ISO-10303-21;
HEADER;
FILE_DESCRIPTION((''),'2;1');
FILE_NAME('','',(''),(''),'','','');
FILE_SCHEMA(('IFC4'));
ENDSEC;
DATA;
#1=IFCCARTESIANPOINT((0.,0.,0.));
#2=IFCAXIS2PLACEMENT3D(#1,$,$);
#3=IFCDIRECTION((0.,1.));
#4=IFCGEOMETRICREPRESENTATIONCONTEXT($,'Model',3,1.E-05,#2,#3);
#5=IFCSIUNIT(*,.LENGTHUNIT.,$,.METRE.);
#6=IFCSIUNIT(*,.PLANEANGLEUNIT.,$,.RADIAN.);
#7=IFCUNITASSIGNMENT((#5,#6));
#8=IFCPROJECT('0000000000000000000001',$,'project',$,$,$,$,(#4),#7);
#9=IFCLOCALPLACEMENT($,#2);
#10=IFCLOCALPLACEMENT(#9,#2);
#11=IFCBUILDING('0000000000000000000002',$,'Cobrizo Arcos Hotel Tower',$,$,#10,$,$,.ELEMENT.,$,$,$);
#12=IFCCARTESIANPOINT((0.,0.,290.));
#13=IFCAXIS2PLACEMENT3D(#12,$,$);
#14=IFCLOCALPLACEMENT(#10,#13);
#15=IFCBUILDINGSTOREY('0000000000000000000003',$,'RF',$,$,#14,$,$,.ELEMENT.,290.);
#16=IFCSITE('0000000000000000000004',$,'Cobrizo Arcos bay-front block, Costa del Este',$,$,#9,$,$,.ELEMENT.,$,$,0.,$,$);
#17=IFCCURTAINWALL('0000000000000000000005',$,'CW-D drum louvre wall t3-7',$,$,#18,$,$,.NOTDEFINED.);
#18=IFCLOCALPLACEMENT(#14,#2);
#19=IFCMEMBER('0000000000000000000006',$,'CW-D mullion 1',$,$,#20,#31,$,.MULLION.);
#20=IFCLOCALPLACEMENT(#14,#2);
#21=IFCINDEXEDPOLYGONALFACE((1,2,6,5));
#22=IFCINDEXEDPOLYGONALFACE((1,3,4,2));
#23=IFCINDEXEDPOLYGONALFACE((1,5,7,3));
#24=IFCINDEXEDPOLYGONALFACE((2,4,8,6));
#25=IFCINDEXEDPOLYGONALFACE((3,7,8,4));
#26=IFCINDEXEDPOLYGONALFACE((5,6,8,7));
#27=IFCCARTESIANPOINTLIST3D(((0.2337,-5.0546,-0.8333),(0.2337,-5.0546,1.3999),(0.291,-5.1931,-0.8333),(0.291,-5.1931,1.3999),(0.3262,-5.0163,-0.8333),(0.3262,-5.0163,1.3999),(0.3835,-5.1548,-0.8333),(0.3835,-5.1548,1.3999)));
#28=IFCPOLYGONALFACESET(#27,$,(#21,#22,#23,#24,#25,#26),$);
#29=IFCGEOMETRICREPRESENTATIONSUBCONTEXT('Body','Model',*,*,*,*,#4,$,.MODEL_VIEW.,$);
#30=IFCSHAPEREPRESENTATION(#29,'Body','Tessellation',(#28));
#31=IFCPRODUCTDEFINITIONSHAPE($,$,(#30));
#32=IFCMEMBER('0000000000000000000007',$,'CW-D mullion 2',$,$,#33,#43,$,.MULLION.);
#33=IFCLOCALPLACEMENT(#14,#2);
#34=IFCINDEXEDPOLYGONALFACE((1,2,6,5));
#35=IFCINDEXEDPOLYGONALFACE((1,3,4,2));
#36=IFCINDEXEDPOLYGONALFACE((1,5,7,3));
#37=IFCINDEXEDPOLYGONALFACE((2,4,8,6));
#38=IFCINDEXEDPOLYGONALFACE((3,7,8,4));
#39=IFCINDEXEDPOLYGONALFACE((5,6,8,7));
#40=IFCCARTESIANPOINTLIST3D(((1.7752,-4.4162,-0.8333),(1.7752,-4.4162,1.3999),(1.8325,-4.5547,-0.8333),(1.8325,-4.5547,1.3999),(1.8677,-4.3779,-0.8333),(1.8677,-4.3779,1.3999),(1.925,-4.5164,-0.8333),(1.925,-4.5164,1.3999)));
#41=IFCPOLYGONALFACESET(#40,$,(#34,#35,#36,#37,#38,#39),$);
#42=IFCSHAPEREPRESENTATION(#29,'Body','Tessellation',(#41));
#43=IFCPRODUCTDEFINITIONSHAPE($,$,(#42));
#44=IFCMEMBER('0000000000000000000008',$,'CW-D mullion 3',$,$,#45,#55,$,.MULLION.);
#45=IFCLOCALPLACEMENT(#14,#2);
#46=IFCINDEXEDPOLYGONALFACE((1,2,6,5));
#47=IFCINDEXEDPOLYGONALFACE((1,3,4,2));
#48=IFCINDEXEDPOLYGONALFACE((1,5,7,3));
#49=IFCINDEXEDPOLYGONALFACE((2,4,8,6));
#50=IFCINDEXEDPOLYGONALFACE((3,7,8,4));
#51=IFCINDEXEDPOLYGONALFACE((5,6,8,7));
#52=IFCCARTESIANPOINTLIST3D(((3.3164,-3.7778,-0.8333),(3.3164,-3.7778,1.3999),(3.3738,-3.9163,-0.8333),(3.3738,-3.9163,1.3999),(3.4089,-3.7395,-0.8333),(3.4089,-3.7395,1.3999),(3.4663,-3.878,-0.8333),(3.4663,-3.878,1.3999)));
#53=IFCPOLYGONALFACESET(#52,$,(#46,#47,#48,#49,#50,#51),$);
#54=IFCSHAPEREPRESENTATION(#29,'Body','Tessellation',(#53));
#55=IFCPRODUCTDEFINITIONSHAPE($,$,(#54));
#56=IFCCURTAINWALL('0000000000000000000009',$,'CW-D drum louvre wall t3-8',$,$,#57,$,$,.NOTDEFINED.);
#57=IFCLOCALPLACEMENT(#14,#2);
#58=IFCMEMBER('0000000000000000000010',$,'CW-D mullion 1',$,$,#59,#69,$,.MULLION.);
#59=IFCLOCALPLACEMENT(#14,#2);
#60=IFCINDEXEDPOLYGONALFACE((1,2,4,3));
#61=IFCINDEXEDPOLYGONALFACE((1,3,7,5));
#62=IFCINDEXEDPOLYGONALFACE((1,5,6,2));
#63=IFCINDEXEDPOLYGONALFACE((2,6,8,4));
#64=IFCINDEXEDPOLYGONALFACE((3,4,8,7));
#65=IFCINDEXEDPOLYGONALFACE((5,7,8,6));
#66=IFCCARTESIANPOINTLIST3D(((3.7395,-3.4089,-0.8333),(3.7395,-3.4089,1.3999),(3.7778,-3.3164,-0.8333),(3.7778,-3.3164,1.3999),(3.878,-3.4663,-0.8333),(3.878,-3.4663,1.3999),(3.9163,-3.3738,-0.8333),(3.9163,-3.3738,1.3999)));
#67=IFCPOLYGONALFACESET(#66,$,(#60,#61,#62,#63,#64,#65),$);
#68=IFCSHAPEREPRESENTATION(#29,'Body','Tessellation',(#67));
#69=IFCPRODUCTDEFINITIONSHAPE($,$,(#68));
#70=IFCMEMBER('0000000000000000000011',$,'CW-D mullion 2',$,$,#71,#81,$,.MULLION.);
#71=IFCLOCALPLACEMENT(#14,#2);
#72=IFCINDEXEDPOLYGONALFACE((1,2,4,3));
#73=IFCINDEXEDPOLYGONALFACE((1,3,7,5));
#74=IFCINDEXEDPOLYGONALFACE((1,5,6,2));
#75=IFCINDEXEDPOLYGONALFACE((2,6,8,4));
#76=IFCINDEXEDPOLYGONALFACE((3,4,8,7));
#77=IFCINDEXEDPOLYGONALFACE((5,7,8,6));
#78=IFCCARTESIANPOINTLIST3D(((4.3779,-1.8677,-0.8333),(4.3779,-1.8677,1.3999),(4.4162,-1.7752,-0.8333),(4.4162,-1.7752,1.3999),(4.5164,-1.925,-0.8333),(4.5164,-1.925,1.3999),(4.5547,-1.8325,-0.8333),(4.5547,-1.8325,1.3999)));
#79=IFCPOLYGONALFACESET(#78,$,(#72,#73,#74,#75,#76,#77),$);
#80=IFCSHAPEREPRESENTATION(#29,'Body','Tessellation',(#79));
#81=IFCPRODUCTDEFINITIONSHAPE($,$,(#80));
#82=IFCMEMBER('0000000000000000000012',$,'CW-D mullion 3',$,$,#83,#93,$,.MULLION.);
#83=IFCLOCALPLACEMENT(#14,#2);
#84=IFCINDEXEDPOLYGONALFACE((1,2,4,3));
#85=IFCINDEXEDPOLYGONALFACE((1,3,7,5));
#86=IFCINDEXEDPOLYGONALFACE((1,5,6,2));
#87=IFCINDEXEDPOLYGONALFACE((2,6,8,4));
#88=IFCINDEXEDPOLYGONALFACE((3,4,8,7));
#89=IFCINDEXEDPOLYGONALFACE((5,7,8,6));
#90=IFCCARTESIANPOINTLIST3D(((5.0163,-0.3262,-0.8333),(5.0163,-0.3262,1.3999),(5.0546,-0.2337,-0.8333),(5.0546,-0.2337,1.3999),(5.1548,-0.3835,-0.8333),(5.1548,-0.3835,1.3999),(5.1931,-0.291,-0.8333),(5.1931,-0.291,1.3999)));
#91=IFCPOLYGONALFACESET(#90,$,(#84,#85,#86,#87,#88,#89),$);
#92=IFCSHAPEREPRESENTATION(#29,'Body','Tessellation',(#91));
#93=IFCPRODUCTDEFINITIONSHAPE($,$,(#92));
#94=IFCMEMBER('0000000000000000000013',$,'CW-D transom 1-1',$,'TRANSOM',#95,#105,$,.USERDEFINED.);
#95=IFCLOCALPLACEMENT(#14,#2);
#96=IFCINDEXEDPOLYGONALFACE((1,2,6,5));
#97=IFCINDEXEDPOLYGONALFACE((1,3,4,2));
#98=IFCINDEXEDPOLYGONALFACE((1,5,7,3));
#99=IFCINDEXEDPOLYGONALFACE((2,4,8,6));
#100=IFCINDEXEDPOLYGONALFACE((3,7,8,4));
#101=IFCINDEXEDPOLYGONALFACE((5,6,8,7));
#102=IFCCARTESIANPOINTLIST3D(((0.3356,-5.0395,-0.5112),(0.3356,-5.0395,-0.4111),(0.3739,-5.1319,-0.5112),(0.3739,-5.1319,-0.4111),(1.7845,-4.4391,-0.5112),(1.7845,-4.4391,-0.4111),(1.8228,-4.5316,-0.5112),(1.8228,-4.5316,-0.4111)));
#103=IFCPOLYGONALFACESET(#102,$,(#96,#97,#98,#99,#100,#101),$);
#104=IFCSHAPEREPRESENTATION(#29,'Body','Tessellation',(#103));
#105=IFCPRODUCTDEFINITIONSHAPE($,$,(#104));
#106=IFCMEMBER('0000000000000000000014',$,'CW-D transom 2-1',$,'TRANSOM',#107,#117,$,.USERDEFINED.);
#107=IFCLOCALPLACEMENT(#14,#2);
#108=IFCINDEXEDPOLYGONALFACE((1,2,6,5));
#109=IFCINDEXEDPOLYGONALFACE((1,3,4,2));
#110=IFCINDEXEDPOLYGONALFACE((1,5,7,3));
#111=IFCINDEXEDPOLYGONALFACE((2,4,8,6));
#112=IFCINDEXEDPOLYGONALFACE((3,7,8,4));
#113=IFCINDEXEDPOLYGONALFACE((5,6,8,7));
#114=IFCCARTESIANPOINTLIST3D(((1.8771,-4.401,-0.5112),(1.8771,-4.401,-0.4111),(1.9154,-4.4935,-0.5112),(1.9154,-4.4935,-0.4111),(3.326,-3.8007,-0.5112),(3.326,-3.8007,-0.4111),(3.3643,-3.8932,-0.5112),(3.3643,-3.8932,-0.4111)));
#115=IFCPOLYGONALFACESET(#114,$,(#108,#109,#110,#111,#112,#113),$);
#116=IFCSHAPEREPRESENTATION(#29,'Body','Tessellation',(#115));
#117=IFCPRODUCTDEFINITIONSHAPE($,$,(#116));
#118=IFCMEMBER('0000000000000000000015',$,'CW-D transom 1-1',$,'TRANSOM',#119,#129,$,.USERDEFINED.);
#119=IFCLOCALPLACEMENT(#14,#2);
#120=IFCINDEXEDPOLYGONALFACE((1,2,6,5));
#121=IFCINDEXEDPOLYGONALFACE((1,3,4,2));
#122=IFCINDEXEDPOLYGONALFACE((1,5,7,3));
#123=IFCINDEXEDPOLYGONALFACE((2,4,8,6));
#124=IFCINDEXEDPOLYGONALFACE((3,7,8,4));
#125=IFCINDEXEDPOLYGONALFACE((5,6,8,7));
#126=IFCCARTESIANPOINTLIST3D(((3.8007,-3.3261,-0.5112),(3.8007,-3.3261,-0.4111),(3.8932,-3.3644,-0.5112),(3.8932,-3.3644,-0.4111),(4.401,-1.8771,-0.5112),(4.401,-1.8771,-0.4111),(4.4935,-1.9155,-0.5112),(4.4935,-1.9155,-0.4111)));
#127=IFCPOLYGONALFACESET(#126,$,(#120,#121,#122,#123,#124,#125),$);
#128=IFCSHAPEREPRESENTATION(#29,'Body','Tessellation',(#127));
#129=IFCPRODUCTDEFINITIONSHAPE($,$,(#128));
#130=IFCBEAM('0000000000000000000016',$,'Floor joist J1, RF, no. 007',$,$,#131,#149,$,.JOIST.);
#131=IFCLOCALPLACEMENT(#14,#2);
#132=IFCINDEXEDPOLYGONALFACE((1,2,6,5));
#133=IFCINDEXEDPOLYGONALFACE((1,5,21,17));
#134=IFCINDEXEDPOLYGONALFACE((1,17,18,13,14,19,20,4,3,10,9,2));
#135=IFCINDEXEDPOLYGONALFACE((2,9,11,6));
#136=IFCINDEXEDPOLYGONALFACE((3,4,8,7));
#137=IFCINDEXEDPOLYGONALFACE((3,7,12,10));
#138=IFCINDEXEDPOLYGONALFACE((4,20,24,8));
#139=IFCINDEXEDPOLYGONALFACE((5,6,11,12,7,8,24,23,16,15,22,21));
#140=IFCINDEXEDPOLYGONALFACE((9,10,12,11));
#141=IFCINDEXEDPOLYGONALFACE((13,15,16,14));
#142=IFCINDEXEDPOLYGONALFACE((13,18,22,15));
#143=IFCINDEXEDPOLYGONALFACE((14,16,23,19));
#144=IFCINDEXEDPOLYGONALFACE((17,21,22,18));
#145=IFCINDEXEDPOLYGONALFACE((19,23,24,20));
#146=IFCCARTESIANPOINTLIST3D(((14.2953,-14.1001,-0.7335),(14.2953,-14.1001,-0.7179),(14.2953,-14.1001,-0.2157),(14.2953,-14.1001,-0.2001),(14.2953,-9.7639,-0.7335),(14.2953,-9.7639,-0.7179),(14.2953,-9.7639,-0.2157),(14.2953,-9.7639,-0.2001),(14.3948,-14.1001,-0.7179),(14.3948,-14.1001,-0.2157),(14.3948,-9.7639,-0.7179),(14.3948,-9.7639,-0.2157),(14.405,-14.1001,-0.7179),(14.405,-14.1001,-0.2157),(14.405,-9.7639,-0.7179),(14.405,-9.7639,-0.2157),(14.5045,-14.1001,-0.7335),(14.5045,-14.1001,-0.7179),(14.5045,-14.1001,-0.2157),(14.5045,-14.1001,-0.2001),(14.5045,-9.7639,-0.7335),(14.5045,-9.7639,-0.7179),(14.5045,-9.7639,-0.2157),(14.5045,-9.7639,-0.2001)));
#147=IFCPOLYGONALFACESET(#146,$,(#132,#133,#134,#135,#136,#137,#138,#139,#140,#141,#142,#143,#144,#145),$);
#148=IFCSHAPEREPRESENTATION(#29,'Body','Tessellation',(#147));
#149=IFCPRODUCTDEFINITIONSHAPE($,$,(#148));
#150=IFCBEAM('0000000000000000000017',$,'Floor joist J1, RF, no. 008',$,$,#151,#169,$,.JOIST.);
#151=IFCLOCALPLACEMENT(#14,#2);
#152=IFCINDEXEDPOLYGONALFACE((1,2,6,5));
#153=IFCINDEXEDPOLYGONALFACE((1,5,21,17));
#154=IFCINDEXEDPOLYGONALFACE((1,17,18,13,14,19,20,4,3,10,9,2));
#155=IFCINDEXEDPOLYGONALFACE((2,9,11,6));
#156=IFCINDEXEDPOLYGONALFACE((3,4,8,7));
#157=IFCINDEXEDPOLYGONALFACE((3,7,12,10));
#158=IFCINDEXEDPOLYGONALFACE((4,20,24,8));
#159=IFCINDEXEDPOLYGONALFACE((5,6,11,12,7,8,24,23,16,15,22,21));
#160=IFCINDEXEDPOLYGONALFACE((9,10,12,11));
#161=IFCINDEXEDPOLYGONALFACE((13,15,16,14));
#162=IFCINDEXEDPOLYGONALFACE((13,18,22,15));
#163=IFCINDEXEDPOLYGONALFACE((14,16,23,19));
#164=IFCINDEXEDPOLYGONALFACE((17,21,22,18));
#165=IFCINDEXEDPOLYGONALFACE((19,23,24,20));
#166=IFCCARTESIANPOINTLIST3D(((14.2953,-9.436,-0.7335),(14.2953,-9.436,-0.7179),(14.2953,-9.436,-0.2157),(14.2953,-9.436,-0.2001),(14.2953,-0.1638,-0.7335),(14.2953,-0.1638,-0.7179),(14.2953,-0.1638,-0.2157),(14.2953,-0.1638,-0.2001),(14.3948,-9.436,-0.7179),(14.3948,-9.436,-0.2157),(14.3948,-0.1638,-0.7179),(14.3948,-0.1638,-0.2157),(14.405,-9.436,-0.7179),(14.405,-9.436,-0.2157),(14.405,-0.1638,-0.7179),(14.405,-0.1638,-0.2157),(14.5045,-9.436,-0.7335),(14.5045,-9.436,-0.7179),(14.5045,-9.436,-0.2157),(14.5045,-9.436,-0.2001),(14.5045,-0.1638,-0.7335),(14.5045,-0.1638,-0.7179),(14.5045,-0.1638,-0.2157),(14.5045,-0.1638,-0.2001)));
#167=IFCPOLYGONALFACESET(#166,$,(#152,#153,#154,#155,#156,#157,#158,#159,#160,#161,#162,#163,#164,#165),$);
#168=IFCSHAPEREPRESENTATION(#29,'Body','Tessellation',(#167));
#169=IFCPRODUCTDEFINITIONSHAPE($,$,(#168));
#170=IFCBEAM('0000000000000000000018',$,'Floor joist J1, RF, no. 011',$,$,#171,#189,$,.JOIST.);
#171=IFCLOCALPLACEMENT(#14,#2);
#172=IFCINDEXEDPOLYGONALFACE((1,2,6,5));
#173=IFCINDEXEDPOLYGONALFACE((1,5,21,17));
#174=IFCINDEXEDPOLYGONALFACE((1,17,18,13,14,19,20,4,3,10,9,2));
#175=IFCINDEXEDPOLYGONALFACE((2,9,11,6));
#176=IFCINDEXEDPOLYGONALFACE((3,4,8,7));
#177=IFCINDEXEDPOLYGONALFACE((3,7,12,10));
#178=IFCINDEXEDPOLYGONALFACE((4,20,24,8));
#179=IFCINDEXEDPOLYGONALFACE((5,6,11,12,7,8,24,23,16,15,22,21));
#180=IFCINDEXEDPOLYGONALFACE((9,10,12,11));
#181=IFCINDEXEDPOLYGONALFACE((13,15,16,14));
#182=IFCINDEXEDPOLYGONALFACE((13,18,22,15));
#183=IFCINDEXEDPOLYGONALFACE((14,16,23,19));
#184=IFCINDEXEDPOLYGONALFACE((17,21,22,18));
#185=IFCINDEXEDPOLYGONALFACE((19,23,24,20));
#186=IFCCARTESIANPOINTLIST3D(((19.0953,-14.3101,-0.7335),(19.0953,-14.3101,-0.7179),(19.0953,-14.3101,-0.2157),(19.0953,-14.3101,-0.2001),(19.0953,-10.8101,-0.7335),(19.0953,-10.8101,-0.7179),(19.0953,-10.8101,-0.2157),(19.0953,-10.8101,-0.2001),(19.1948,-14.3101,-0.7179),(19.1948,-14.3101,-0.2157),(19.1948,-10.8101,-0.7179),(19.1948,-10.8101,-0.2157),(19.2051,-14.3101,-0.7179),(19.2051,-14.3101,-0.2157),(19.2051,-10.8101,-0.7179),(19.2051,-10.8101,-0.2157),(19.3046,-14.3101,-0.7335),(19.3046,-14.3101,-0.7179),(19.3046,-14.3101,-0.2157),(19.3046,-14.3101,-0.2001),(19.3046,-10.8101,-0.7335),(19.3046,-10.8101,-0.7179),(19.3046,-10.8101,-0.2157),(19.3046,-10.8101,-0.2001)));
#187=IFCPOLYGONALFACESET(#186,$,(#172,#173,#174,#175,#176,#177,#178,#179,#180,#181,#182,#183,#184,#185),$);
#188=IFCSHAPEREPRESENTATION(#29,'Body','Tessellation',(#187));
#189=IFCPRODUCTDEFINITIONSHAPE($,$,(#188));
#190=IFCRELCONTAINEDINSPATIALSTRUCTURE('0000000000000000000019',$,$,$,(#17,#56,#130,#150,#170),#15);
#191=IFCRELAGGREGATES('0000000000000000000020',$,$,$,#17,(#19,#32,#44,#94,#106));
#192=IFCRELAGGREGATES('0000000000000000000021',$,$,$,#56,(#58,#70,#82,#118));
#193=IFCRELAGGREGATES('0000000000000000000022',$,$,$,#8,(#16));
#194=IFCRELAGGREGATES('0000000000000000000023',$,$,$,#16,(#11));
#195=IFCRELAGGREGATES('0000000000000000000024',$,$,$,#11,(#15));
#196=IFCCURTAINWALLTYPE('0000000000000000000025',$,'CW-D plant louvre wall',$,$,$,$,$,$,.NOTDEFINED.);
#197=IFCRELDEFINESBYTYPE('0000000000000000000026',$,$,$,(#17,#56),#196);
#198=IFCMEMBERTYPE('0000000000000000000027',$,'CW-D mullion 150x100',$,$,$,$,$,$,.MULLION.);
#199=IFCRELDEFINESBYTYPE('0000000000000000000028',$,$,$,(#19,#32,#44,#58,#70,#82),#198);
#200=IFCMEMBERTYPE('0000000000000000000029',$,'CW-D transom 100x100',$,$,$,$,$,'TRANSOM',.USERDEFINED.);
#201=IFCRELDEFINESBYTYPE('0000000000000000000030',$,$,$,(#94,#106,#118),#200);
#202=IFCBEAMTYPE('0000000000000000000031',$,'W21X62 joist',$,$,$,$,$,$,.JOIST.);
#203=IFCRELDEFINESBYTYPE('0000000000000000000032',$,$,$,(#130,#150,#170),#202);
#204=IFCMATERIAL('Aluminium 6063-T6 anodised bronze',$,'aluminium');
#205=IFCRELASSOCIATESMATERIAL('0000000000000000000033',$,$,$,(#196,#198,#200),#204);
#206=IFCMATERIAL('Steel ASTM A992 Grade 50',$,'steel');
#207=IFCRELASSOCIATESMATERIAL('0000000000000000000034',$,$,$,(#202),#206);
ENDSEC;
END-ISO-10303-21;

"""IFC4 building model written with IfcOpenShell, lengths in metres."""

from ifc_helpers import new_model, si_unit, direction, frame, origin, origin_2d, place, context, subcontext, project, spatial, rectangle, i_section, extrude, material, material_profile, profile_set, type_object, element, aggregate, save


model = new_model("IFC4")

# Units and contexts
model_context = context("Model", 3, precision=1e-05, world=origin(), true_north=direction((0.0, 1.0)))
body_context = subcontext(model_context, "Body", "Model", "MODEL_VIEW")
ifc_project = project(units=[si_unit("LENGTHUNIT", "METRE"), si_unit("PLANEANGLEUNIT", "RADIAN")], contexts=[model_context])

# Site, building, storey
site_placement = place(None, origin())
site = spatial("IfcSite", under=ifc_project, at=site_placement, Name="Cobrizo Arcos bay-front block, Costa del Este", CompositionType="ELEMENT", RefElevation=0.0)
building_placement = place(site_placement, origin())
building = spatial("IfcBuilding", under=site, at=building_placement, Name="Cobrizo Arcos Hotel Tower", CompositionType="ELEMENT")
storey_placement = place(building_placement, frame((0.0, 0.0, 290.0)))
storey = spatial("IfcBuildingStorey", under=building, at=storey_placement, Name="RF", CompositionType="ELEMENT", Elevation=290.0)

# Curtain walls, members
ifc_material_1 = material(Name="Aluminium 6063-T6 anodised bronze", Category="aluminium")
curtain_wall_type = type_object("IfcCurtainWallType", Name="CW-D plant louvre wall", PredefinedType="NOTDEFINED", material=ifc_material_1)
curtain_wall_1_placement = place(storey_placement, origin())
curtain_wall_1 = element("IfcCurtainWall", 1, at=curtain_wall_1_placement, inside=storey, type_object=curtain_wall_type, Name="CW-D drum louvre wall t3-7", PredefinedType="NOTDEFINED")
ifc_material_profile_1 = material_profile(ifc_material_1, rectangle(XDim=0.1499, YDim=0.1001, at=origin_2d()), Name="CW-D mullion 150x100")
ifc_profile_set_1 = profile_set([ifc_material_profile_1], Name="Aluminium 6063-T6 anodised bronze")
member_type_1 = type_object("IfcMemberType", Name="CW-D mullion 150x100", PredefinedType="MULLION", material=ifc_profile_set_1)
member_1_placement = place(storey_placement, frame((0.3086, -5.1047, -0.8333), z_axis=(0.0, 0.0, 1.0), x_axis=(0.382683, -0.92388, 0.0)))
member_1 = element("IfcMember", 2, at=member_1_placement, type_object=member_type_1, Name="CW-D mullion 1", PredefinedType="MULLION", context=body_context, shape_type="SweptSolid", body=[
    extrude(rectangle(XDim=0.1499, YDim=0.1001, at=origin_2d()), origin(), (0.0, 0.0, 1.0), 2.2332),
])
member_2_placement = place(storey_placement, frame((1.8501, -4.4663, -0.8333), z_axis=(0.0, 0.0, 1.0), x_axis=(0.382683, -0.92388, 0.0)))
member_2 = element("IfcMember", 3, at=member_2_placement, type_object=member_type_1, Name="CW-D mullion 2", PredefinedType="MULLION", context=body_context, shape_type="SweptSolid", body=[
    extrude(rectangle(XDim=0.1499, YDim=0.1001, at=origin_2d()), origin(), (0.0, 0.0, 1.0), 2.2332),
])
member_3_placement = place(storey_placement, frame((3.3914, -3.8279, -0.8333), z_axis=(0.0, 0.0, 1.0), x_axis=(0.382683, -0.92388, 0.0)))
member_3 = element("IfcMember", 4, at=member_3_placement, type_object=member_type_1, Name="CW-D mullion 3", PredefinedType="MULLION", context=body_context, shape_type="SweptSolid", body=[
    extrude(rectangle(XDim=0.1499, YDim=0.1001, at=origin_2d()), origin(), (0.0, 0.0, 1.0), 2.2332),
])
curtain_wall_2_placement = place(storey_placement, origin())
curtain_wall_2 = element("IfcCurtainWall", 5, at=curtain_wall_2_placement, inside=storey, type_object=curtain_wall_type, Name="CW-D drum louvre wall t3-8", PredefinedType="NOTDEFINED")
member_4_placement = place(storey_placement, frame((3.8279, -3.3914, -0.8333), z_axis=(0.0, 0.0, 1.0), x_axis=(0.92388, -0.382683, 0.0)))
member_4 = element("IfcMember", 6, at=member_4_placement, type_object=member_type_1, Name="CW-D mullion 1", PredefinedType="MULLION", context=body_context, shape_type="SweptSolid", body=[
    extrude(rectangle(XDim=0.1499, YDim=0.1001, at=origin_2d()), origin(), (0.0, 0.0, 1.0), 2.2332),
])
member_5_placement = place(storey_placement, frame((4.4663, -1.8501, -0.8333), z_axis=(0.0, 0.0, 1.0), x_axis=(0.92388, -0.382683, 0.0)))
member_5 = element("IfcMember", 7, at=member_5_placement, type_object=member_type_1, Name="CW-D mullion 2", PredefinedType="MULLION", context=body_context, shape_type="SweptSolid", body=[
    extrude(rectangle(XDim=0.1499, YDim=0.1001, at=origin_2d()), origin(), (0.0, 0.0, 1.0), 2.2332),
])
member_6_placement = place(storey_placement, frame((5.1047, -0.3086, -0.8333), z_axis=(0.0, 0.0, 1.0), x_axis=(0.92388, -0.382683, 0.0)))
member_6 = element("IfcMember", 8, at=member_6_placement, type_object=member_type_1, Name="CW-D mullion 3", PredefinedType="MULLION", context=body_context, shape_type="SweptSolid", body=[
    extrude(rectangle(XDim=0.1499, YDim=0.1001, at=origin_2d()), origin(), (0.0, 0.0, 1.0), 2.2332),
])

# Members
ifc_material_profile_2 = material_profile(ifc_material_1, rectangle(XDim=0.1001, YDim=0.1001, at=origin_2d()), Name="CW-D transom 100x100")
ifc_profile_set_2 = profile_set([ifc_material_profile_2], Name="Aluminium 6063-T6 anodised bronze")
member_type_2 = type_object("IfcMemberType", Name="CW-D transom 100x100", ElementType="TRANSOM", PredefinedType="USERDEFINED", material=ifc_profile_set_2)
member_7_placement = place(storey_placement, frame((0.3547, -5.0857, -0.4612), z_axis=(0.923844, 0.382769, 0.0), x_axis=(-0.382769, 0.923844, 0.0)))
member_7 = element("IfcMember", 9, at=member_7_placement, type_object=member_type_2, Name="CW-D transom 1-1", ObjectType="TRANSOM", PredefinedType="USERDEFINED", context=body_context, shape_type="SweptSolid", body=[
    extrude(rectangle(XDim=0.1001, YDim=0.1001, at=origin_2d()), origin(), (0.0, 0.0, 1.0), 1.5684),
])
member_8_placement = place(storey_placement, frame((1.8962, -4.4473, -0.4612), z_axis=(0.923844, 0.382769, 0.0), x_axis=(-0.382769, 0.923844, 0.0)))
member_8 = element("IfcMember", 10, at=member_8_placement, type_object=member_type_2, Name="CW-D transom 2-1", ObjectType="TRANSOM", PredefinedType="USERDEFINED", context=body_context, shape_type="SweptSolid", body=[
    extrude(rectangle(XDim=0.1001, YDim=0.1001, at=origin_2d()), origin(), (0.0, 0.0, 1.0), 1.5684),
])
member_9_placement = place(storey_placement, frame((3.8469, -3.3452, -0.4612), z_axis=(0.382769, 0.923844, 0.0), x_axis=(-0.923844, 0.382769, 0.0)))
member_9 = element("IfcMember", 11, at=member_9_placement, type_object=member_type_2, Name="CW-D transom 1-1", ObjectType="TRANSOM", PredefinedType="USERDEFINED", context=body_context, shape_type="SweptSolid", body=[
    extrude(rectangle(XDim=0.1001, YDim=0.1001, at=origin_2d()), origin(), (0.0, 0.0, 1.0), 1.5684),
])

# Beams
ifc_material_2 = material(Name="Steel ASTM A992 Grade 50", Category="steel")
ifc_material_profile_3 = material_profile(ifc_material_2, i_section(OverallWidth=0.2092, OverallDepth=0.5334, WebThickness=0.0103, FlangeThickness=0.0156, at=origin_2d()), Name="W21X62")
ifc_profile_set_3 = profile_set([ifc_material_profile_3], Name="Steel ASTM A992 Grade 50")
beam_type_1 = type_object("IfcBeamType", Name="W21X62 joist", PredefinedType="JOIST", material=ifc_profile_set_3)
beam_1_placement = place(storey_placement, frame((14.3999, -14.1001, -0.4668), z_axis=(0.0, 1.0, 0.0), x_axis=(-1.0, 0.0, 0.0)))
element("IfcBeam", 12, at=beam_1_placement, inside=storey, type_object=beam_type_1, Name="Floor joist J1, RF, no. 007", PredefinedType="JOIST", context=body_context, shape_type="SweptSolid", body=[
    extrude(i_section(OverallWidth=0.2092, OverallDepth=0.5334, WebThickness=0.0103, FlangeThickness=0.0156, at=origin_2d()), origin(), (0.0, 0.0, 1.0), 4.3362),
])
beam_2_placement = place(storey_placement, frame((14.3999, -9.436, -0.4668), z_axis=(0.0, 1.0, 0.0), x_axis=(-1.0, 0.0, 0.0)))
element("IfcBeam", 13, at=beam_2_placement, inside=storey, type_object=beam_type_1, Name="Floor joist J1, RF, no. 008", PredefinedType="JOIST", context=body_context, shape_type="SweptSolid", body=[
    extrude(i_section(OverallWidth=0.2092, OverallDepth=0.5334, WebThickness=0.0103, FlangeThickness=0.0156, at=origin_2d()), origin(), (0.0, 0.0, 1.0), 9.2722),
])
beam_3_placement = place(storey_placement, frame((19.2, -14.3101, -0.4668), z_axis=(0.0, 1.0, 0.0), x_axis=(-1.0, 0.0, 0.0)))
element("IfcBeam", 14, at=beam_3_placement, inside=storey, type_object=beam_type_1, Name="Floor joist J1, RF, no. 011", PredefinedType="JOIST", context=body_context, shape_type="SweptSolid", body=[
    extrude(i_section(OverallWidth=0.2092, OverallDepth=0.5334, WebThickness=0.0103, FlangeThickness=0.0156, at=origin_2d()), origin(), (0.0, 0.0, 1.0), 3.5),
])

aggregate(curtain_wall_1, [member_1, member_2, member_3, member_7, member_8])
aggregate(curtain_wall_2, [member_4, member_5, member_6, member_9])

save(model, "model.ifc")
